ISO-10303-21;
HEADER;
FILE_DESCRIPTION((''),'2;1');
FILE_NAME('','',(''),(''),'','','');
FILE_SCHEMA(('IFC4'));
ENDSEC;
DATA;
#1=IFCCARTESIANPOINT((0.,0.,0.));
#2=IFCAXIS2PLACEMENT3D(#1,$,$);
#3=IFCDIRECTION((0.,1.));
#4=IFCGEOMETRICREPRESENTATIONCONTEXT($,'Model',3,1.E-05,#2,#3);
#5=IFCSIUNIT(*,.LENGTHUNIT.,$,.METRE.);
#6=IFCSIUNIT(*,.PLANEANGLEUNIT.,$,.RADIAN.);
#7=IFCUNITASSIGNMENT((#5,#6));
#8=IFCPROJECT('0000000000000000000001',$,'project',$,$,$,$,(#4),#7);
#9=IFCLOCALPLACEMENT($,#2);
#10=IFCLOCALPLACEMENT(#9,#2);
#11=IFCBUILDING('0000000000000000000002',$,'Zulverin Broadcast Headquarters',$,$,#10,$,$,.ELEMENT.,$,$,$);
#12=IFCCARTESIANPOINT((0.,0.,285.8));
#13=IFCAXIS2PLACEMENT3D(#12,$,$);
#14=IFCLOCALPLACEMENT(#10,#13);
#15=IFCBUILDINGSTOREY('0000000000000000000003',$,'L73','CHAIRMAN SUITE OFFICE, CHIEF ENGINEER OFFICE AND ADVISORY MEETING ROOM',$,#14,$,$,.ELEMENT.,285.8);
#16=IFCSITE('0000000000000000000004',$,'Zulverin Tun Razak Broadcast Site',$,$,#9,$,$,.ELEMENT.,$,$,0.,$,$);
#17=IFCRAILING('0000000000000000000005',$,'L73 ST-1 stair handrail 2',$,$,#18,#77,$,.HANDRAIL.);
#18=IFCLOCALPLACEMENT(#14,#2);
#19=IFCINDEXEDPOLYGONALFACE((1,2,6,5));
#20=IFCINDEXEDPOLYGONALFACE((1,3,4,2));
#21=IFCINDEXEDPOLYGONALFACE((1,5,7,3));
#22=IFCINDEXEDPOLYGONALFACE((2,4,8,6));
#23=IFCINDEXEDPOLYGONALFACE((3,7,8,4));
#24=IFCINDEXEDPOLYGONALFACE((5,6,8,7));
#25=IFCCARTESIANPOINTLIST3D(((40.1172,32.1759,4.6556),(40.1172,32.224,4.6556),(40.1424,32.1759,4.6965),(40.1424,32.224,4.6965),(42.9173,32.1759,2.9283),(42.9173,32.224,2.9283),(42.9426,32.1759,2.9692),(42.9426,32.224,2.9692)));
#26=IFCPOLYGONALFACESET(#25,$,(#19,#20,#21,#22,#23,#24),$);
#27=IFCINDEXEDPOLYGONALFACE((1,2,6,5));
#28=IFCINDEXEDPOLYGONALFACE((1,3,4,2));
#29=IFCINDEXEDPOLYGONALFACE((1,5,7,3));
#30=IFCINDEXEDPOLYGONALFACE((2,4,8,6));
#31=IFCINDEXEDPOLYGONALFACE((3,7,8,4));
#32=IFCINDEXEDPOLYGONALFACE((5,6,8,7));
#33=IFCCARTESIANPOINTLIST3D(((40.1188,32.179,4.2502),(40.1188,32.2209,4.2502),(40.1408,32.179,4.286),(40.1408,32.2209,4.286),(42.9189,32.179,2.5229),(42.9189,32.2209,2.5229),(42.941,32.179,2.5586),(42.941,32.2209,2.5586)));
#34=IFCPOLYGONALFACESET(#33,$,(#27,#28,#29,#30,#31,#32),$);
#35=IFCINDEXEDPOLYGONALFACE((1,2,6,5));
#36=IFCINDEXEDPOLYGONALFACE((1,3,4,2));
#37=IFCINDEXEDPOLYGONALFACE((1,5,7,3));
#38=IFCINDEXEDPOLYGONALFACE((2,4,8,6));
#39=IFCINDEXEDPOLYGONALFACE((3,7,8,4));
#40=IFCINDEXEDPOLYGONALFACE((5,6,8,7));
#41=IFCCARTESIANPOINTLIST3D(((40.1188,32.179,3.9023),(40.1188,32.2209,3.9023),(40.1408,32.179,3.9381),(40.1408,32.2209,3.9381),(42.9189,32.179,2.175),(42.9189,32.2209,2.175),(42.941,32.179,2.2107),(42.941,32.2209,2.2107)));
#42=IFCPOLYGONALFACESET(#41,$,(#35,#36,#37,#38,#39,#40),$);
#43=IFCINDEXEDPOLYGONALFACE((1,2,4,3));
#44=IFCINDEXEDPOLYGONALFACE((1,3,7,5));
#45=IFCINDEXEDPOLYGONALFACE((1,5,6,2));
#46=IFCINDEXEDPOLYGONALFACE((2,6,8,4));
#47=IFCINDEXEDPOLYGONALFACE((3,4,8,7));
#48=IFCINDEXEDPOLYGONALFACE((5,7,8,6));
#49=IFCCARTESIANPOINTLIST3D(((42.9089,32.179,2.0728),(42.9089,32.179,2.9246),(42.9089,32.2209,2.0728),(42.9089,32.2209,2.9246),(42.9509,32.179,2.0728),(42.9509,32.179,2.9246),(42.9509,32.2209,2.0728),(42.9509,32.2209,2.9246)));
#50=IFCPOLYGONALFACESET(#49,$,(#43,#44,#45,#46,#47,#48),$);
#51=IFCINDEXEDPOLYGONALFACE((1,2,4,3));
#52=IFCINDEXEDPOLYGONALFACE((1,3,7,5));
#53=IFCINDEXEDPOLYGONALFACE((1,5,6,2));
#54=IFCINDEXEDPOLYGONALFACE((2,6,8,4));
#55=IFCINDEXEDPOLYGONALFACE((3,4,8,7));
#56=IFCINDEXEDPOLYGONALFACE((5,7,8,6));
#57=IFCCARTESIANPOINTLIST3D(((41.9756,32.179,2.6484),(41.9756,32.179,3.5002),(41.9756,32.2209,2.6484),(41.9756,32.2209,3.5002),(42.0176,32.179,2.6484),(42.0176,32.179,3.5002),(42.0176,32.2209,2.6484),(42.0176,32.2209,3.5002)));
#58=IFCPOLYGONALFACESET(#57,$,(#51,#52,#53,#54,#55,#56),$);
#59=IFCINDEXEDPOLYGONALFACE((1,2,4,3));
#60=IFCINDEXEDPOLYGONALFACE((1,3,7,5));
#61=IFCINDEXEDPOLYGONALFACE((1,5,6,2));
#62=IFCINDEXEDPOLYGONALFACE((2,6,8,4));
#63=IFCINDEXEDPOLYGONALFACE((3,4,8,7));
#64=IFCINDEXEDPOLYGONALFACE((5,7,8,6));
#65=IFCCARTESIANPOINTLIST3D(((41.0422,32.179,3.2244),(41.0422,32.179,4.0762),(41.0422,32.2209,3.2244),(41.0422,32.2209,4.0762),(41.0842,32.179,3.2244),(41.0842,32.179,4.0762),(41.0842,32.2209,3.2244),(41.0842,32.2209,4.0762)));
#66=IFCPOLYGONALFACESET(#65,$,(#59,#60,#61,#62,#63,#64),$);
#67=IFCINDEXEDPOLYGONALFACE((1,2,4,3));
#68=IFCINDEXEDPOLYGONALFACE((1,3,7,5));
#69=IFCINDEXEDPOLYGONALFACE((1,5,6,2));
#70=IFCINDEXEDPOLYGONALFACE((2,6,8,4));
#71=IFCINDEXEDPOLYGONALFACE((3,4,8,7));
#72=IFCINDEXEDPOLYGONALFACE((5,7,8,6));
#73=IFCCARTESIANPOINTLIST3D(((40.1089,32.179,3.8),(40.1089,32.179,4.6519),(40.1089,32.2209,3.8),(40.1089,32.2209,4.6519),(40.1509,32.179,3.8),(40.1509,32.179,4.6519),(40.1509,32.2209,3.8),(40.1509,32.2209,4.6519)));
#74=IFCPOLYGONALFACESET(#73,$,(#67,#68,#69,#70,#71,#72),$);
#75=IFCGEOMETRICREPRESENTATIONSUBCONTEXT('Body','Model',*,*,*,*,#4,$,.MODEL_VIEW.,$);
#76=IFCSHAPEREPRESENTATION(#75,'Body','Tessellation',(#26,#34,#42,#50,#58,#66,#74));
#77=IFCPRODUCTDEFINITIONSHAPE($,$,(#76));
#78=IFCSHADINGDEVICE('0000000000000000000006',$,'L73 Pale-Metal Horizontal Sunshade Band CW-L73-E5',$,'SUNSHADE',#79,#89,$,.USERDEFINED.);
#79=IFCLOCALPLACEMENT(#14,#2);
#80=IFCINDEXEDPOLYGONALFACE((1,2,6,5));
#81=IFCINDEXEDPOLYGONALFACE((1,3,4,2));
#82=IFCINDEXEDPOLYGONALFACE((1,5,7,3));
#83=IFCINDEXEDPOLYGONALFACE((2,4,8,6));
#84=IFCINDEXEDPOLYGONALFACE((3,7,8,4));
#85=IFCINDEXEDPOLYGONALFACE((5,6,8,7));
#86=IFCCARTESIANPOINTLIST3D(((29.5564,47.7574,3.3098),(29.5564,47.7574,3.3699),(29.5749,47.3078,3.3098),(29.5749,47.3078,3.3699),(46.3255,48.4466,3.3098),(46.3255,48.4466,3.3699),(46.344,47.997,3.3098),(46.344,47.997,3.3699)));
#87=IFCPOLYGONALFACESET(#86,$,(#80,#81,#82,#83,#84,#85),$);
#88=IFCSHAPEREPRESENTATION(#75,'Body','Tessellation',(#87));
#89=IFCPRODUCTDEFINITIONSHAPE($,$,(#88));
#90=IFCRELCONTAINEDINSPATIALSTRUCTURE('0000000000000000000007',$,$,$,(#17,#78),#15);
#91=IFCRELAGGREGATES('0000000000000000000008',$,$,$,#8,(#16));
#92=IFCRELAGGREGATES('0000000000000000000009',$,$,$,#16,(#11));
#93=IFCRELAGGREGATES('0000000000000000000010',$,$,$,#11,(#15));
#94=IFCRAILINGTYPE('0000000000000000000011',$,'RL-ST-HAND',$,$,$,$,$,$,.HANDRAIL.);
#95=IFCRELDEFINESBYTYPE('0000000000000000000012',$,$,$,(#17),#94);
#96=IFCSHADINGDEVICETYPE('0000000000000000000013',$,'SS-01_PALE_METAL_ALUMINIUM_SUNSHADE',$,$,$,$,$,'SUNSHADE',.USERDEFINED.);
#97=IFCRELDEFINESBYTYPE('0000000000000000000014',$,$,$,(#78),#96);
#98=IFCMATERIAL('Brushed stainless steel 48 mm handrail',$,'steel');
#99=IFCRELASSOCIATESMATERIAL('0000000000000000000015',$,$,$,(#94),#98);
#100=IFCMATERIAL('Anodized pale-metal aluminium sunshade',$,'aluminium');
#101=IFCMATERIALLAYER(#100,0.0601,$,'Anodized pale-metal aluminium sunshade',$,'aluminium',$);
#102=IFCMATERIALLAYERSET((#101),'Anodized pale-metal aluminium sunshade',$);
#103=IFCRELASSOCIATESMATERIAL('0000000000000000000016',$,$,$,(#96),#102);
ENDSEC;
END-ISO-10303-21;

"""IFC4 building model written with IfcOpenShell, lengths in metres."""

from ifc_helpers import new_model, si_unit, direction, frame, origin, origin_2d, place, context, subcontext, project, spatial, rectangle, extrude, material, layer, layer_set, type_object, element, save


model = new_model("IFC4")

# Units and contexts
model_context = context("Model", 3, precision=1e-05, world=origin(), true_north=direction((0.0, 1.0)))
body_context = subcontext(model_context, "Body", "Model", "MODEL_VIEW")
ifc_project = project(units=[si_unit("LENGTHUNIT", "METRE"), si_unit("PLANEANGLEUNIT", "RADIAN")], contexts=[model_context])

# Site, building, storey
site_placement = place(None, origin())
site = spatial("IfcSite", under=ifc_project, at=site_placement, Name="Zulverin Tun Razak Broadcast Site", CompositionType="ELEMENT", RefElevation=0.0)
building_placement = place(site_placement, origin())
building = spatial("IfcBuilding", under=site, at=building_placement, Name="Zulverin Broadcast Headquarters", CompositionType="ELEMENT")
storey_placement = place(building_placement, frame((0.0, 0.0, 285.8)))
storey = spatial("IfcBuildingStorey", under=building, at=storey_placement, Name="L73", Description="CHAIRMAN SUITE OFFICE, CHIEF ENGINEER OFFICE AND ADVISORY MEETING ROOM", CompositionType="ELEMENT", Elevation=285.8)

# Railing
ifc_material_1 = material(Name="Brushed stainless steel 48 mm handrail", Category="steel")
railing_type_1 = type_object("IfcRailingType", Name="RL-ST-HAND", PredefinedType="HANDRAIL", material=ifc_material_1)
railing_1_placement = place(storey_placement, frame((42.9299, 32.2, 2.0728)))
element("IfcRailing", 1, at=railing_1_placement, inside=storey, type_object=railing_type_1, Name="L73 ST-1 stair handrail 2", PredefinedType="HANDRAIL", context=body_context, shape_type="SweptSolid", body=[
    extrude(rectangle(XDim=0.0481, YDim=0.0481, at=origin_2d()), frame((0.0, 0.0, 0.876), z_axis=(-0.85109, 0.0, 0.52502), x_axis=(0.0, -1.0, 0.0)), (0.0, 0.0, 1.0), 3.29),
    extrude(rectangle(XDim=0.042, YDim=0.042, at=origin_2d()), frame((0.0, 0.0, 0.468), z_axis=(-0.85109, 0.0, 0.52502), x_axis=(0.0, -1.0, 0.0)), (0.0, 0.0, 1.0), 3.29),
    extrude(rectangle(XDim=0.042, YDim=0.042, at=origin_2d()), frame((0.0, 0.0, 0.1201), z_axis=(-0.85109, 0.0, 0.52502), x_axis=(0.0, -1.0, 0.0)), (0.0, 0.0, 1.0), 3.29),
    extrude(rectangle(XDim=0.042, YDim=0.042, at=origin_2d()), origin(), (0.0, 0.0, 1.0), 0.8518),
    extrude(rectangle(XDim=0.042, YDim=0.042, at=origin_2d()), frame((-0.9333, 0.0, 0.5757)), (0.0, 0.0, 1.0), 0.8518),
    extrude(rectangle(XDim=0.042, YDim=0.042, at=origin_2d()), frame((-1.8667, 0.0, 1.1516)), (0.0, 0.0, 1.0), 0.8518),
    extrude(rectangle(XDim=0.042, YDim=0.042, at=origin_2d()), frame((-2.8, 0.0, 1.7273)), (0.0, 0.0, 1.0), 0.8518),
])

# Shading device
ifc_material_2 = material(Name="Anodized pale-metal aluminium sunshade", Category="aluminium")
ifc_layer_1 = layer(ifc_material_2, 0.0601, Name="Anodized pale-metal aluminium sunshade", Category="aluminium")
ifc_layer_set_1 = layer_set([ifc_layer_1], Name="Anodized pale-metal aluminium sunshade")
shading_device_type = type_object("IfcShadingDeviceType", Name="SS-01_PALE_METAL_ALUMINIUM_SUNSHADE", ElementType="SUNSHADE", PredefinedType="USERDEFINED", material=ifc_layer_set_1)
shading_device_placement = place(storey_placement, frame((37.9502, 47.8772, 3.3098), z_axis=(0.0, 0.0, 1.0), x_axis=(-0.999156, -0.041068, 0.0)))
element("IfcShadingDevice", 2, at=shading_device_placement, inside=storey, type_object=shading_device_type, Name="L73 Pale-Metal Horizontal Sunshade Band CW-L73-E5", ObjectType="SUNSHADE", PredefinedType="USERDEFINED", context=body_context, shape_type="SweptSolid", body=[
    extrude(rectangle(XDim=16.7832, YDim=0.45, at=origin_2d()), origin(), (0.0, 0.0, 1.0), 0.0601),
])

save(model, "model.ifc")
